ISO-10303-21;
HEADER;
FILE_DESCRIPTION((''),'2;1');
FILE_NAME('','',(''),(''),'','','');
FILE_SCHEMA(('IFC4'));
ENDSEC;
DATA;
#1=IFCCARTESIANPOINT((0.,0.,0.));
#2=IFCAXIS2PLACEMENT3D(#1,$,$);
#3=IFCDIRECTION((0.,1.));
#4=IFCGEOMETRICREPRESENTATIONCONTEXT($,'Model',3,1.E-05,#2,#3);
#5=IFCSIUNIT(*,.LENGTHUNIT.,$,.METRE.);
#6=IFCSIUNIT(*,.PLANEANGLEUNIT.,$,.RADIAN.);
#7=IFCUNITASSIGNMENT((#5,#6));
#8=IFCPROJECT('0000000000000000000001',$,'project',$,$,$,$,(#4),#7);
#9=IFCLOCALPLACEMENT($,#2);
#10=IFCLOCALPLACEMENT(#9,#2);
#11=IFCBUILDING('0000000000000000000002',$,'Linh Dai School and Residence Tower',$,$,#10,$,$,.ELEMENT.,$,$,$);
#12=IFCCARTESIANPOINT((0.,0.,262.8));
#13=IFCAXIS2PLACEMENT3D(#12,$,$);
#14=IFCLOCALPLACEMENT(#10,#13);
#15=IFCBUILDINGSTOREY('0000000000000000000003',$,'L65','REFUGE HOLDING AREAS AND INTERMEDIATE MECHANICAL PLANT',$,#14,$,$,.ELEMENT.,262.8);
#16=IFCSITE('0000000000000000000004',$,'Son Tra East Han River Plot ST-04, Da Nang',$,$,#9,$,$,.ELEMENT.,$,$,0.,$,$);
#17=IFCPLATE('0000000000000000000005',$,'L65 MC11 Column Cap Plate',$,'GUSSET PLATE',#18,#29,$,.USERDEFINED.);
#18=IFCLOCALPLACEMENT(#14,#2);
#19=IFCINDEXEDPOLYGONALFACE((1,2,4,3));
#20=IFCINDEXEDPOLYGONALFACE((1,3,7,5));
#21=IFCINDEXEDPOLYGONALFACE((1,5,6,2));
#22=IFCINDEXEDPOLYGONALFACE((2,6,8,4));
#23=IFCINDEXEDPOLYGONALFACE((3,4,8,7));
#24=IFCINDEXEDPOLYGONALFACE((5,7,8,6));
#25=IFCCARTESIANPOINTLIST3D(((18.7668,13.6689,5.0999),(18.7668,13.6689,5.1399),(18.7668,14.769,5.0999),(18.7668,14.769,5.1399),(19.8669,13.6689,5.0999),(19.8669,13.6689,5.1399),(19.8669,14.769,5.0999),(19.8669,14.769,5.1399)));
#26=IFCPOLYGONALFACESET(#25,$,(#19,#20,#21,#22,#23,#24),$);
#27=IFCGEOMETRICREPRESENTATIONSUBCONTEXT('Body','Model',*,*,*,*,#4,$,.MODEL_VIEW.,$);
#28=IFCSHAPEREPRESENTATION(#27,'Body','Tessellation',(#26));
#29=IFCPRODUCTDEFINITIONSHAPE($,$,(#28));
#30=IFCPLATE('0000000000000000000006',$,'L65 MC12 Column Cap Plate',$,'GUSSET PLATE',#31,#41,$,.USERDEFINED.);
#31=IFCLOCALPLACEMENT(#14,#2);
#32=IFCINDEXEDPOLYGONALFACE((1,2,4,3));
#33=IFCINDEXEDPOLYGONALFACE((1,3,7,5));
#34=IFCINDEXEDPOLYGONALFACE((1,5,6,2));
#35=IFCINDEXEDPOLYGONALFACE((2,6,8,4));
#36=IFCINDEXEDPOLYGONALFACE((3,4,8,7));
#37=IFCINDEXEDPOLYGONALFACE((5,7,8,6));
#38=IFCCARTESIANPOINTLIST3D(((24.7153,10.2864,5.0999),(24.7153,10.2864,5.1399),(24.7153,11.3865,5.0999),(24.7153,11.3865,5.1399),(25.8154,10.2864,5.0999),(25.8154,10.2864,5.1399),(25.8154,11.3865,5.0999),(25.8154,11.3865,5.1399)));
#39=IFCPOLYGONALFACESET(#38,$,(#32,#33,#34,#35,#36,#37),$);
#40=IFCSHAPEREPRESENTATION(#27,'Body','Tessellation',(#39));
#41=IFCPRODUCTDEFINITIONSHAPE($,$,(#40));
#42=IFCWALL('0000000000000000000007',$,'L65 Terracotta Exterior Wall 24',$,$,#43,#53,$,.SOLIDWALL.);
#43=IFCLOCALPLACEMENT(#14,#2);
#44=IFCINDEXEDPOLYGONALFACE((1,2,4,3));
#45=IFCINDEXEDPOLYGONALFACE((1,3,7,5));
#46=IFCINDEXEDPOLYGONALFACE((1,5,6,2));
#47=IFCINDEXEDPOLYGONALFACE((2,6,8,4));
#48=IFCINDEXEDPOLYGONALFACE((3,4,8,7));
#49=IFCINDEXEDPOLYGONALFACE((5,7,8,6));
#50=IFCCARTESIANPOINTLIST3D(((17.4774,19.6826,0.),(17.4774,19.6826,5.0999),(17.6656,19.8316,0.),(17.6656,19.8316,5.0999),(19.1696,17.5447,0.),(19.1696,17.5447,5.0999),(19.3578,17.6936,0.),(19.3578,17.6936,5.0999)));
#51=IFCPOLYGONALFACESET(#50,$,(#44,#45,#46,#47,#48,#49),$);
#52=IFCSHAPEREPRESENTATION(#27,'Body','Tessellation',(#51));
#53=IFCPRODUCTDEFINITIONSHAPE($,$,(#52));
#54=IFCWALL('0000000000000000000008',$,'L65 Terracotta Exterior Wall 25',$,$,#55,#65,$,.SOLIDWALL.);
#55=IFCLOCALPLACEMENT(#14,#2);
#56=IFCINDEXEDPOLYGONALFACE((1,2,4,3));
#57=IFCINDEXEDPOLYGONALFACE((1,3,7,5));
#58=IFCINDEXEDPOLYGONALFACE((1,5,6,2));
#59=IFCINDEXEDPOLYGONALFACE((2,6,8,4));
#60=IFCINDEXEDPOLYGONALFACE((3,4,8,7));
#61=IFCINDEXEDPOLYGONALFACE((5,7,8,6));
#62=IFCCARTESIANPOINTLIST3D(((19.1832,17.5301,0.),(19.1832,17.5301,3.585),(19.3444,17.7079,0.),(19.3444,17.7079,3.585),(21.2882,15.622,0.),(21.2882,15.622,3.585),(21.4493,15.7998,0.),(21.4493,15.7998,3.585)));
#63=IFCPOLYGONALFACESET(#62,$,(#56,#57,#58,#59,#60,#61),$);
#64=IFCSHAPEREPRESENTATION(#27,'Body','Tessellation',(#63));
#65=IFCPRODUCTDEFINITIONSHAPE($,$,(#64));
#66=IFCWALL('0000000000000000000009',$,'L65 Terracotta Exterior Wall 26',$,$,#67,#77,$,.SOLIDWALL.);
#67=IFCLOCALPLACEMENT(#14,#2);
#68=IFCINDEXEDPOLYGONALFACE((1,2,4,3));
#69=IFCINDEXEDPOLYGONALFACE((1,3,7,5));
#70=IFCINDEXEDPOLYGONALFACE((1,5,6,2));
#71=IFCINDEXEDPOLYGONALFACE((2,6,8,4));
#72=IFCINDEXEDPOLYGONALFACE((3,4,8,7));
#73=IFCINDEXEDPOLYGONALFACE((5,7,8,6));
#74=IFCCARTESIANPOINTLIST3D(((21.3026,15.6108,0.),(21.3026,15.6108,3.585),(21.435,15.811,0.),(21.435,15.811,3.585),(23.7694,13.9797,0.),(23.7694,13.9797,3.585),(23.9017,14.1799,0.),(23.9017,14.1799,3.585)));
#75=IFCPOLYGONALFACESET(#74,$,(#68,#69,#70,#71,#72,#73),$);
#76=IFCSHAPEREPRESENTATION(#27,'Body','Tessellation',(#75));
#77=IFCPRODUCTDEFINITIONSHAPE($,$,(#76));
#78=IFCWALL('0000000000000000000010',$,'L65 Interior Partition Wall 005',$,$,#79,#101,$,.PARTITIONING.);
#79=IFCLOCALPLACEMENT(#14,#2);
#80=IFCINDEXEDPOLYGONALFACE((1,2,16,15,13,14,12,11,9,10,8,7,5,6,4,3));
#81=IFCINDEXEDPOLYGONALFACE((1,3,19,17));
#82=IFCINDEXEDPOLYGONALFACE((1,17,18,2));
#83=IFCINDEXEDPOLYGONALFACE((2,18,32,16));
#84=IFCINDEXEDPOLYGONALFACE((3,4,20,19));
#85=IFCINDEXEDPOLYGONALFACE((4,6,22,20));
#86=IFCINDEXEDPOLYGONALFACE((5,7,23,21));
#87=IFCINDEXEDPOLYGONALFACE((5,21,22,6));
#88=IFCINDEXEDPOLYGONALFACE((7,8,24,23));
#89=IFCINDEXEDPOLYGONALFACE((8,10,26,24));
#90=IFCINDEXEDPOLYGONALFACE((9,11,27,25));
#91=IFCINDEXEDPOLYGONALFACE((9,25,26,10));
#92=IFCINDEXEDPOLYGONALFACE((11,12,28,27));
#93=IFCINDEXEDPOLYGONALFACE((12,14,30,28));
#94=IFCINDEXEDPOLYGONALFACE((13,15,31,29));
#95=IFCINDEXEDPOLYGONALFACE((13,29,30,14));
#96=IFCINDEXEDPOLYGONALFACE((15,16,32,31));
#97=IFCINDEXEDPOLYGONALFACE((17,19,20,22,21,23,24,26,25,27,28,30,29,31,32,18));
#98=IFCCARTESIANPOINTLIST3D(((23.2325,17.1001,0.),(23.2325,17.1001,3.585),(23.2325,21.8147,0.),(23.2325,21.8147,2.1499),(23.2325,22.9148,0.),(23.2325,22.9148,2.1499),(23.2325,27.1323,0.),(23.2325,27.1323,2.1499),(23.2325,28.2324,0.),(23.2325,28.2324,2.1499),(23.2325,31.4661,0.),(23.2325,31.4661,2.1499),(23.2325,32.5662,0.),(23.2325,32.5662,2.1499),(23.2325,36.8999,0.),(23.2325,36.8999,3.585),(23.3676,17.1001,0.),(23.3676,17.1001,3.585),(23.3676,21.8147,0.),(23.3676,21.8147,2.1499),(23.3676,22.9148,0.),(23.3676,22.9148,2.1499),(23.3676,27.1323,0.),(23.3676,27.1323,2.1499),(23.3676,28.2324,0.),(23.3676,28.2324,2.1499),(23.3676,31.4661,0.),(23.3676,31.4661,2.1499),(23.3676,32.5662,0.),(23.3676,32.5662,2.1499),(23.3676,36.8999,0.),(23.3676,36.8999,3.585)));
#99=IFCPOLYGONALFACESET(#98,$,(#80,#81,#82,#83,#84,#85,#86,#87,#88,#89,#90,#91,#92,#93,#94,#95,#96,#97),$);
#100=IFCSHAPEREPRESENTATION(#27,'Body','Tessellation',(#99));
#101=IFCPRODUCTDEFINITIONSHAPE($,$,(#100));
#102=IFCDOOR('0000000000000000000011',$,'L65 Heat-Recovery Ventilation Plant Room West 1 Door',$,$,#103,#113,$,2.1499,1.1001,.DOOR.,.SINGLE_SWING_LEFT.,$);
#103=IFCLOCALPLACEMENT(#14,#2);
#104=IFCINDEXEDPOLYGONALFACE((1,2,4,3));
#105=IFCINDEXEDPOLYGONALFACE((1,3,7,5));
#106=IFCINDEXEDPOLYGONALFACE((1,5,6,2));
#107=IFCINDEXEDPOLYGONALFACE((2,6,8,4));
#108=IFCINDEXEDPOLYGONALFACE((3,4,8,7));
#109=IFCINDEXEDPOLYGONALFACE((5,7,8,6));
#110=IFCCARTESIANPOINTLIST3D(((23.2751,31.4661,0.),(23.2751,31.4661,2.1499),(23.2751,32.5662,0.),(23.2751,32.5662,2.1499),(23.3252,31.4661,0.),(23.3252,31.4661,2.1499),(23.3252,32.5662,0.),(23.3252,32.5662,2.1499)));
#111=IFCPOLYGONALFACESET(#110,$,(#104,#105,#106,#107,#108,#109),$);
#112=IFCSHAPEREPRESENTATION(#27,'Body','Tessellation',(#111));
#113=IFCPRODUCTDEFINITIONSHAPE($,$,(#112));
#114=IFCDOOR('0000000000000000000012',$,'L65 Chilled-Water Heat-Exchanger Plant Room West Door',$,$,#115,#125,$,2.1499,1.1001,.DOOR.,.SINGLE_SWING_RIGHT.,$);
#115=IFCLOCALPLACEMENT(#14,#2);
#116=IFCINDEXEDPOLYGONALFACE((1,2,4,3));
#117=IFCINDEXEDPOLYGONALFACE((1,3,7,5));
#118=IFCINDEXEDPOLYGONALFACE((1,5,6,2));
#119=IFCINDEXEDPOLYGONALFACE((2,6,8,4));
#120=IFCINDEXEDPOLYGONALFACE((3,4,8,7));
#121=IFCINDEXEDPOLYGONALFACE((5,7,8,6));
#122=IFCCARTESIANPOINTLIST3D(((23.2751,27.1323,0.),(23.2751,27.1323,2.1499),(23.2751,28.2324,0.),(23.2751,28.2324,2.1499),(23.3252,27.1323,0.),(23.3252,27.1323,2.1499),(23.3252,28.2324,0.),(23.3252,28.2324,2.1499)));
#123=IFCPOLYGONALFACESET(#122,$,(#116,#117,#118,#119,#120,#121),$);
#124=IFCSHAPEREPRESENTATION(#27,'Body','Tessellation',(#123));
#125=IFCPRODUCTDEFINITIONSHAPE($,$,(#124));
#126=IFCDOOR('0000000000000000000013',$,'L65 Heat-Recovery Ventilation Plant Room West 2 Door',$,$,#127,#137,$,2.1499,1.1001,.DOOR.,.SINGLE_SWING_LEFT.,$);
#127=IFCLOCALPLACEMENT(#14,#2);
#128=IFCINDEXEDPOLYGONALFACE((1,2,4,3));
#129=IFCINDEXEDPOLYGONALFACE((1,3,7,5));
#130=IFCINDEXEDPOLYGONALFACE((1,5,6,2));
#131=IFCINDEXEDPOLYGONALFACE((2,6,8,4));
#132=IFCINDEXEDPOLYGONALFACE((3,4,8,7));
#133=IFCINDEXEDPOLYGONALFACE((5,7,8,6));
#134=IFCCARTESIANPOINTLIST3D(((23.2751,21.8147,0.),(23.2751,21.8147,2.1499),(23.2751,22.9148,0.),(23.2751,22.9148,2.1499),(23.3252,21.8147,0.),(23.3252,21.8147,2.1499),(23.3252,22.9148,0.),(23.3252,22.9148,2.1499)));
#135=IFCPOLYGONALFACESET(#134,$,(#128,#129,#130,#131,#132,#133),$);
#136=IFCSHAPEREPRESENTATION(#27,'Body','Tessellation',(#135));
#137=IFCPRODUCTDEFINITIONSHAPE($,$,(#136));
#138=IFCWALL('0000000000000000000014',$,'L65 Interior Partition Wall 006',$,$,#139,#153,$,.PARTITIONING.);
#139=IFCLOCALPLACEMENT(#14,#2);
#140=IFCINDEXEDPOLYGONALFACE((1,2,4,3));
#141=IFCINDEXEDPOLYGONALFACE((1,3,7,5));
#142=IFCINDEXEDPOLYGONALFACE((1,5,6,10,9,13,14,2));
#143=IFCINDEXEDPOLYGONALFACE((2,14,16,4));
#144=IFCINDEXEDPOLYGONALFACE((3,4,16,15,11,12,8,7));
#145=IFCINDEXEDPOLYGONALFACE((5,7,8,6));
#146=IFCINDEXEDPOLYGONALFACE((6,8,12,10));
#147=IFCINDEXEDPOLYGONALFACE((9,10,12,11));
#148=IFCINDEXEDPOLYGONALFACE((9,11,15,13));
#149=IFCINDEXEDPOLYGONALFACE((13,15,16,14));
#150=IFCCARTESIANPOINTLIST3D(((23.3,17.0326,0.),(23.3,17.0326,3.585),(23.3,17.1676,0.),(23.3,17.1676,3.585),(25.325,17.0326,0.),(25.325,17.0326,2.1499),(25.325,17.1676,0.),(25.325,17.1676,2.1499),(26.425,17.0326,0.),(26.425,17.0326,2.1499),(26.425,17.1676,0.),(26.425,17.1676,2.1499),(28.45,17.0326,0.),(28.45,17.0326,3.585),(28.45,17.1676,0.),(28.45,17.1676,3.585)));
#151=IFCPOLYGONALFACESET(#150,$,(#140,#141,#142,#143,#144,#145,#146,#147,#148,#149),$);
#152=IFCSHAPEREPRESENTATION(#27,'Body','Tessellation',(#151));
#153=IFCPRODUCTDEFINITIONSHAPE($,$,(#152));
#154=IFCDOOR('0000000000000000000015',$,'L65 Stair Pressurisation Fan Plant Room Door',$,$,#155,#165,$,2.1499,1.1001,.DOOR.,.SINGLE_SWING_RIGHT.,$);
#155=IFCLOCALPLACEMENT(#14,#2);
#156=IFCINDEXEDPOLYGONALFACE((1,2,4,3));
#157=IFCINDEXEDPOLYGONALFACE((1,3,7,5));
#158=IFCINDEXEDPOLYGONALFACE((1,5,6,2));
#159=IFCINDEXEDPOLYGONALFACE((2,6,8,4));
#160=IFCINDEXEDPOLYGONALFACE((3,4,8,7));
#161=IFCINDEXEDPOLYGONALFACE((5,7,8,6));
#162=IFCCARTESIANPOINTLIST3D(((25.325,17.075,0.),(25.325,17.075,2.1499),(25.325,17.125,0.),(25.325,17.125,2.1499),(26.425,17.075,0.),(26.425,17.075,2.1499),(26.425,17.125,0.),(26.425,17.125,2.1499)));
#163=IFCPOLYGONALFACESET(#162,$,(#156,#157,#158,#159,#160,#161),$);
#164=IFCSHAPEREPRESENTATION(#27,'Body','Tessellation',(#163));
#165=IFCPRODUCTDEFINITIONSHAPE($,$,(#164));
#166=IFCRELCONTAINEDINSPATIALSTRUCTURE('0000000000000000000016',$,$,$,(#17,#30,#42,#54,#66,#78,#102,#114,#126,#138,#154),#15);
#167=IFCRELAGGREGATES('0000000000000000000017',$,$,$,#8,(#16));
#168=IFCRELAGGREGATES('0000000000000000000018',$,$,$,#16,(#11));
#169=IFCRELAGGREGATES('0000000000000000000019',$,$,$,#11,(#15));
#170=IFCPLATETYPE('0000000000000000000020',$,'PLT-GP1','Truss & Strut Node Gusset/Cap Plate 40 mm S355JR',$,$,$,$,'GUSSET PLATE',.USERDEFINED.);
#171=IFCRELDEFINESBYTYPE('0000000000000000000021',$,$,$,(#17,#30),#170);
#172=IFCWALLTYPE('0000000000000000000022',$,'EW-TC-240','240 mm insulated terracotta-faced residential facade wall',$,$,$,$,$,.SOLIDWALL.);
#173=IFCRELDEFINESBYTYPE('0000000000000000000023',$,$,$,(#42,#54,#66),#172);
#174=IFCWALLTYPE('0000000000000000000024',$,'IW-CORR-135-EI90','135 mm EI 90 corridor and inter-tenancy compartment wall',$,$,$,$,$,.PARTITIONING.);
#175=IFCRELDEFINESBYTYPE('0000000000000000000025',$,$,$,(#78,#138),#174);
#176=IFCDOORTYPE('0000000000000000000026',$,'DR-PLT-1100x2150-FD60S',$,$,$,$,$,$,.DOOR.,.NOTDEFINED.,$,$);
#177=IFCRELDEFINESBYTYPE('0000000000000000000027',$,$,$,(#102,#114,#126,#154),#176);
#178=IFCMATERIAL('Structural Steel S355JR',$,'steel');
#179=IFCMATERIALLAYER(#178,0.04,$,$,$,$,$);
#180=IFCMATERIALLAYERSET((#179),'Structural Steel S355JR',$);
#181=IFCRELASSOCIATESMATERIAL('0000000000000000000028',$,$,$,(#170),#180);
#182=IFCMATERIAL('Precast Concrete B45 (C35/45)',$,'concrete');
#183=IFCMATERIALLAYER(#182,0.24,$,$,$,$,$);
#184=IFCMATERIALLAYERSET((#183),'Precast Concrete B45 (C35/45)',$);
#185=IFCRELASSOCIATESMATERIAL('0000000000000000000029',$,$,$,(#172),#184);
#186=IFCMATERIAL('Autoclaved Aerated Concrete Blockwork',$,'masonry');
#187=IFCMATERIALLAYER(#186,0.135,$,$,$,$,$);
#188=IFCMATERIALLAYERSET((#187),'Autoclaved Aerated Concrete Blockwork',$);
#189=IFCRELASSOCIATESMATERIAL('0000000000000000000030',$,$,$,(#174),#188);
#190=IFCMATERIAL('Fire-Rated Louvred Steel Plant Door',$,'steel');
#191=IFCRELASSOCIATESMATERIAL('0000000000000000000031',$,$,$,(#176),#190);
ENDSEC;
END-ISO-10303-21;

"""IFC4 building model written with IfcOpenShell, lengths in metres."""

from ifc_helpers import new_model, si_unit, direction, frame, frame_2d, origin, origin_2d, place, context, subcontext, project, spatial, rectangle, extrude, source, transform, mapped, material, layer, layer_set, type_object, element, fill, save


model = new_model("IFC4")

# Units and contexts
model_context = context("Model", 3, precision=1e-05, world=origin(), true_north=direction((0.0, 1.0)))
body_context = subcontext(model_context, "Body", "Model", "MODEL_VIEW")
ifc_project = project(units=[si_unit("LENGTHUNIT", "METRE"), si_unit("PLANEANGLEUNIT", "RADIAN")], contexts=[model_context])

# Site, building, storey
site_placement = place(None, origin())
site = spatial("IfcSite", under=ifc_project, at=site_placement, Name="Son Tra East Han River Plot ST-04, Da Nang", CompositionType="ELEMENT", RefElevation=0.0)
building_placement = place(site_placement, origin())
building = spatial("IfcBuilding", under=site, at=building_placement, Name="Linh Dai School and Residence Tower", CompositionType="ELEMENT")
storey_placement = place(building_placement, frame((0.0, 0.0, 262.8)))
storey = spatial("IfcBuildingStorey", under=building, at=storey_placement, Name="L65", Description="REFUGE HOLDING AREAS AND INTERMEDIATE MECHANICAL PLANT", CompositionType="ELEMENT", Elevation=262.8)

# Shared definitions
ifc_material_1 = material(Name="Structural Steel S355JR", Category="steel")

# Plates
ifc_layer_1 = layer(ifc_material_1, 0.04)
ifc_layer_set_1 = layer_set([ifc_layer_1], Name="Structural Steel S355JR")
plate_type = type_object("IfcPlateType", Name="PLT-GP1", Description="Truss & Strut Node Gusset/Cap Plate 40 mm S355JR", ElementType="GUSSET PLATE", PredefinedType="USERDEFINED", material=ifc_layer_set_1)
shared_shape_1 = source(origin(), body_context, "Body", "SweptSolid", [
    extrude(rectangle(XDim=1.1001, YDim=1.1001, at=origin_2d()), origin(), (0.0, 0.0, 1.0), 0.04),
])
for number, where, z_axis, x_axis, name in (
    (1, (19.3169, 14.219, 5.0999), (0.0, 0.0, 1.0), (1.0, 0.0, 0.0), "L65 MC11 Column Cap Plate"),
    (2, (25.2654, 10.8364, 5.0999), (0.0, 0.0, 1.0), (1.0, 0.0, 0.0), "L65 MC12 Column Cap Plate"),
):
    element("IfcPlate", number, at=place(storey_placement, frame(where, z_axis=z_axis, x_axis=x_axis)), inside=storey, type_object=plate_type, Name=name, ObjectType="GUSSET PLATE", PredefinedType="USERDEFINED", context=body_context, shape_type="MappedRepresentation", body=[
        mapped(shared_shape_1, transform((0.0, 0.0, 0.0), x_axis=(1.0, 0.0, 0.0), y_axis=(0.0, 1.0, 0.0), z_axis=(0.0, 0.0, 1.0), scale=1.0)),
    ])

# Walls
ifc_material_2 = material(Name="Precast Concrete B45 (C35/45)", Category="concrete")
ifc_layer_2 = layer(ifc_material_2, 0.24)
ifc_layer_set_2 = layer_set([ifc_layer_2], Name="Precast Concrete B45 (C35/45)")
wall_type_1 = type_object("IfcWallType", Name="EW-TC-240", Description="240 mm insulated terracotta-faced residential facade wall", PredefinedType="SOLIDWALL", material=ifc_layer_set_2)
wall_1_placement = place(storey_placement, frame((19.2637, 17.6191, 0.0), z_axis=(0.0, 0.0, 1.0), x_axis=(-0.620613, 0.784117, 0.0)))
element("IfcWall", 3, at=wall_1_placement, inside=storey, type_object=wall_type_1, Name="L65 Terracotta Exterior Wall 24", PredefinedType="SOLIDWALL", context=body_context, shape_type="SweptSolid", body=[
    extrude(rectangle(XDim=2.7266, YDim=0.24, at=frame_2d((1.3633, 0.0))), origin(), (0.0, 0.0, 1.0), 5.0999),
])
wall_2_placement = place(storey_placement, frame((21.3687, 15.7109, 0.0), z_axis=(0.0, 0.0, 1.0), x_axis=(-0.740888, 0.671629, 0.0)))
element("IfcWall", 4, at=wall_2_placement, inside=storey, type_object=wall_type_1, Name="L65 Terracotta Exterior Wall 25", PredefinedType="SOLIDWALL", context=body_context, shape_type="SweptSolid", body=[
    extrude(rectangle(XDim=2.8411, YDim=0.24, at=frame_2d((1.4204, 0.0))), origin(), (0.0, 0.0, 1.0), 3.585),
])
wall_3_placement = place(storey_placement, frame((23.8354, 14.0798, 0.0), z_axis=(0.0, 0.0, 1.0), x_axis=(-0.83414, 0.551553, 0.0)))
element("IfcWall", 5, at=wall_3_placement, inside=storey, type_object=wall_type_1, Name="L65 Terracotta Exterior Wall 26", PredefinedType="SOLIDWALL", context=body_context, shape_type="SweptSolid", body=[
    extrude(rectangle(XDim=2.9573, YDim=0.24, at=frame_2d((1.4785, 0.0))), origin(), (0.0, 0.0, 1.0), 3.585),
])

# Wall, openings, doors
ifc_material_3 = material(Name="Autoclaved Aerated Concrete Blockwork", Category="masonry")
ifc_layer_3 = layer(ifc_material_3, 0.135)
ifc_layer_set_3 = layer_set([ifc_layer_3], Name="Autoclaved Aerated Concrete Blockwork")
wall_type_2 = type_object("IfcWallType", Name="IW-CORR-135-EI90", Description="135 mm EI 90 corridor and inter-tenancy compartment wall", PredefinedType="PARTITIONING", material=ifc_layer_set_3)
wall_4_placement = place(storey_placement, frame((23.3, 17.1001, 0.0), z_axis=(0.0, 0.0, 1.0), x_axis=(0.0, 1.0, 0.0)))
wall_4 = element("IfcWall", 6, at=wall_4_placement, inside=storey, type_object=wall_type_2, Name="L65 Interior Partition Wall 005", PredefinedType="PARTITIONING", context=body_context, shape_type="SweptSolid", body=[
    extrude(rectangle(XDim=19.7998, YDim=0.135, at=frame_2d((9.8999, 0.0))), origin(), (0.0, 0.0, 1.0), 3.585),
])
opening_1_placement = place(wall_4_placement, frame((14.366, 0.0, 0.0)))
opening_1 = element("IfcOpeningElement", 7, at=opening_1_placement, cuts=wall_4, PredefinedType="OPENING", context=body_context, shape_type="SweptSolid", body=[
    extrude(rectangle(XDim=1.1001, YDim=2.1499, at=origin_2d()), frame((0.55, 0.0776, 1.075), z_axis=(0.0, -1.0, 0.0), x_axis=(1.0, 0.0, 0.0)), (0.0, 0.0, 1.0), 0.155),
])
opening_2_placement = place(wall_4_placement, frame((10.0322, 0.0, 0.0)))
opening_2 = element("IfcOpeningElement", 8, at=opening_2_placement, cuts=wall_4, PredefinedType="OPENING", context=body_context, shape_type="SweptSolid", body=[
    extrude(rectangle(XDim=1.1001, YDim=2.1499, at=origin_2d()), frame((0.55, 0.0776, 1.075), z_axis=(0.0, -1.0, 0.0), x_axis=(1.0, 0.0, 0.0)), (0.0, 0.0, 1.0), 0.155),
])
opening_3_placement = place(wall_4_placement, frame((4.7146, 0.0, 0.0)))
opening_3 = element("IfcOpeningElement", 9, at=opening_3_placement, cuts=wall_4, PredefinedType="OPENING", context=body_context, shape_type="SweptSolid", body=[
    extrude(rectangle(XDim=1.1001, YDim=2.1499, at=origin_2d()), frame((0.55, 0.0776, 1.075), z_axis=(0.0, -1.0, 0.0), x_axis=(1.0, 0.0, 0.0)), (0.0, 0.0, 1.0), 0.155),
])
ifc_material_4 = material(Name="Fire-Rated Louvred Steel Plant Door", Category="steel")
door_type = type_object("IfcDoorType", Name="DR-PLT-1100x2150-FD60S", OperationType="NOTDEFINED", PredefinedType="DOOR", material=ifc_material_4)
shared_shape_2 = source(origin(), body_context, "Body", "SweptSolid", [
    extrude(rectangle(XDim=1.1001, YDim=2.1499, at=origin_2d()), frame((0.55, 0.0249, 1.075), z_axis=(0.0, -1.0, 0.0), x_axis=(1.0, 0.0, 0.0)), (0.0, 0.0, 1.0), 0.05),
])
door_1_placement = place(opening_1_placement, origin())
door_1 = element("IfcDoor", 10, at=door_1_placement, inside=storey, type_object=door_type, Name="L65 Heat-Recovery Ventilation Plant Room West 1 Door", OperationType="SINGLE_SWING_LEFT", OverallHeight=2.1499, OverallWidth=1.1001, PredefinedType="DOOR", context=body_context, shape_type="MappedRepresentation", body=[
    mapped(shared_shape_2, transform((0.0, 0.0, 0.0), x_axis=(1.0, 0.0, 0.0), y_axis=(0.0, 1.0, 0.0), z_axis=(0.0, 0.0, 1.0), scale=1.0)),
])
fill(opening_1, door_1)
door_2_placement = place(opening_2_placement, origin())
door_2 = element("IfcDoor", 11, at=door_2_placement, inside=storey, type_object=door_type, Name="L65 Chilled-Water Heat-Exchanger Plant Room West Door", OperationType="SINGLE_SWING_RIGHT", OverallHeight=2.1499, OverallWidth=1.1001, PredefinedType="DOOR", context=body_context, shape_type="MappedRepresentation", body=[
    mapped(shared_shape_2, transform((0.0, 0.0, 0.0), x_axis=(1.0, 0.0, 0.0), y_axis=(0.0, 1.0, 0.0), z_axis=(0.0, 0.0, 1.0), scale=1.0)),
])
fill(opening_2, door_2)
door_3_placement = place(opening_3_placement, origin())
door_3 = element("IfcDoor", 12, at=door_3_placement, inside=storey, type_object=door_type, Name="L65 Heat-Recovery Ventilation Plant Room West 2 Door", OperationType="SINGLE_SWING_LEFT", OverallHeight=2.1499, OverallWidth=1.1001, PredefinedType="DOOR", context=body_context, shape_type="MappedRepresentation", body=[
    mapped(shared_shape_2, transform((0.0, 0.0, 0.0), x_axis=(1.0, 0.0, 0.0), y_axis=(0.0, 1.0, 0.0), z_axis=(0.0, 0.0, 1.0), scale=1.0)),
])
fill(opening_3, door_3)

# Wall, opening, door
wall_5_placement = place(storey_placement, frame((23.3, 17.1001, 0.0), z_axis=(0.0, 0.0, 1.0), x_axis=(1.0, 0.0, 0.0)))
wall_5 = element("IfcWall", 13, at=wall_5_placement, inside=storey, type_object=wall_type_2, Name="L65 Interior Partition Wall 006", PredefinedType="PARTITIONING", context=body_context, shape_type="SweptSolid", body=[
    extrude(rectangle(XDim=5.1499, YDim=0.135, at=frame_2d((2.575, 0.0))), origin(), (0.0, 0.0, 1.0), 3.585),
])
opening_4_placement = place(wall_5_placement, frame((2.0249, 0.0, 0.0)))
opening_4 = element("IfcOpeningElement", 14, at=opening_4_placement, cuts=wall_5, PredefinedType="OPENING", context=body_context, shape_type="SweptSolid", body=[
    extrude(rectangle(XDim=1.1001, YDim=2.1499, at=origin_2d()), frame((0.55, 0.0776, 1.075), z_axis=(0.0, -1.0, 0.0), x_axis=(1.0, 0.0, 0.0)), (0.0, 0.0, 1.0), 0.155),
])
door_4_placement = place(opening_4_placement, origin())
door_4 = element("IfcDoor", 15, at=door_4_placement, inside=storey, type_object=door_type, Name="L65 Stair Pressurisation Fan Plant Room Door", OperationType="SINGLE_SWING_RIGHT", OverallHeight=2.1499, OverallWidth=1.1001, PredefinedType="DOOR", context=body_context, shape_type="MappedRepresentation", body=[
    mapped(shared_shape_2, transform((0.0, 0.0, 0.0), x_axis=(1.0, 0.0, 0.0), y_axis=(0.0, 1.0, 0.0), z_axis=(0.0, 0.0, 1.0), scale=1.0)),
])
fill(opening_4, door_4)

save(model, "model.ifc")
